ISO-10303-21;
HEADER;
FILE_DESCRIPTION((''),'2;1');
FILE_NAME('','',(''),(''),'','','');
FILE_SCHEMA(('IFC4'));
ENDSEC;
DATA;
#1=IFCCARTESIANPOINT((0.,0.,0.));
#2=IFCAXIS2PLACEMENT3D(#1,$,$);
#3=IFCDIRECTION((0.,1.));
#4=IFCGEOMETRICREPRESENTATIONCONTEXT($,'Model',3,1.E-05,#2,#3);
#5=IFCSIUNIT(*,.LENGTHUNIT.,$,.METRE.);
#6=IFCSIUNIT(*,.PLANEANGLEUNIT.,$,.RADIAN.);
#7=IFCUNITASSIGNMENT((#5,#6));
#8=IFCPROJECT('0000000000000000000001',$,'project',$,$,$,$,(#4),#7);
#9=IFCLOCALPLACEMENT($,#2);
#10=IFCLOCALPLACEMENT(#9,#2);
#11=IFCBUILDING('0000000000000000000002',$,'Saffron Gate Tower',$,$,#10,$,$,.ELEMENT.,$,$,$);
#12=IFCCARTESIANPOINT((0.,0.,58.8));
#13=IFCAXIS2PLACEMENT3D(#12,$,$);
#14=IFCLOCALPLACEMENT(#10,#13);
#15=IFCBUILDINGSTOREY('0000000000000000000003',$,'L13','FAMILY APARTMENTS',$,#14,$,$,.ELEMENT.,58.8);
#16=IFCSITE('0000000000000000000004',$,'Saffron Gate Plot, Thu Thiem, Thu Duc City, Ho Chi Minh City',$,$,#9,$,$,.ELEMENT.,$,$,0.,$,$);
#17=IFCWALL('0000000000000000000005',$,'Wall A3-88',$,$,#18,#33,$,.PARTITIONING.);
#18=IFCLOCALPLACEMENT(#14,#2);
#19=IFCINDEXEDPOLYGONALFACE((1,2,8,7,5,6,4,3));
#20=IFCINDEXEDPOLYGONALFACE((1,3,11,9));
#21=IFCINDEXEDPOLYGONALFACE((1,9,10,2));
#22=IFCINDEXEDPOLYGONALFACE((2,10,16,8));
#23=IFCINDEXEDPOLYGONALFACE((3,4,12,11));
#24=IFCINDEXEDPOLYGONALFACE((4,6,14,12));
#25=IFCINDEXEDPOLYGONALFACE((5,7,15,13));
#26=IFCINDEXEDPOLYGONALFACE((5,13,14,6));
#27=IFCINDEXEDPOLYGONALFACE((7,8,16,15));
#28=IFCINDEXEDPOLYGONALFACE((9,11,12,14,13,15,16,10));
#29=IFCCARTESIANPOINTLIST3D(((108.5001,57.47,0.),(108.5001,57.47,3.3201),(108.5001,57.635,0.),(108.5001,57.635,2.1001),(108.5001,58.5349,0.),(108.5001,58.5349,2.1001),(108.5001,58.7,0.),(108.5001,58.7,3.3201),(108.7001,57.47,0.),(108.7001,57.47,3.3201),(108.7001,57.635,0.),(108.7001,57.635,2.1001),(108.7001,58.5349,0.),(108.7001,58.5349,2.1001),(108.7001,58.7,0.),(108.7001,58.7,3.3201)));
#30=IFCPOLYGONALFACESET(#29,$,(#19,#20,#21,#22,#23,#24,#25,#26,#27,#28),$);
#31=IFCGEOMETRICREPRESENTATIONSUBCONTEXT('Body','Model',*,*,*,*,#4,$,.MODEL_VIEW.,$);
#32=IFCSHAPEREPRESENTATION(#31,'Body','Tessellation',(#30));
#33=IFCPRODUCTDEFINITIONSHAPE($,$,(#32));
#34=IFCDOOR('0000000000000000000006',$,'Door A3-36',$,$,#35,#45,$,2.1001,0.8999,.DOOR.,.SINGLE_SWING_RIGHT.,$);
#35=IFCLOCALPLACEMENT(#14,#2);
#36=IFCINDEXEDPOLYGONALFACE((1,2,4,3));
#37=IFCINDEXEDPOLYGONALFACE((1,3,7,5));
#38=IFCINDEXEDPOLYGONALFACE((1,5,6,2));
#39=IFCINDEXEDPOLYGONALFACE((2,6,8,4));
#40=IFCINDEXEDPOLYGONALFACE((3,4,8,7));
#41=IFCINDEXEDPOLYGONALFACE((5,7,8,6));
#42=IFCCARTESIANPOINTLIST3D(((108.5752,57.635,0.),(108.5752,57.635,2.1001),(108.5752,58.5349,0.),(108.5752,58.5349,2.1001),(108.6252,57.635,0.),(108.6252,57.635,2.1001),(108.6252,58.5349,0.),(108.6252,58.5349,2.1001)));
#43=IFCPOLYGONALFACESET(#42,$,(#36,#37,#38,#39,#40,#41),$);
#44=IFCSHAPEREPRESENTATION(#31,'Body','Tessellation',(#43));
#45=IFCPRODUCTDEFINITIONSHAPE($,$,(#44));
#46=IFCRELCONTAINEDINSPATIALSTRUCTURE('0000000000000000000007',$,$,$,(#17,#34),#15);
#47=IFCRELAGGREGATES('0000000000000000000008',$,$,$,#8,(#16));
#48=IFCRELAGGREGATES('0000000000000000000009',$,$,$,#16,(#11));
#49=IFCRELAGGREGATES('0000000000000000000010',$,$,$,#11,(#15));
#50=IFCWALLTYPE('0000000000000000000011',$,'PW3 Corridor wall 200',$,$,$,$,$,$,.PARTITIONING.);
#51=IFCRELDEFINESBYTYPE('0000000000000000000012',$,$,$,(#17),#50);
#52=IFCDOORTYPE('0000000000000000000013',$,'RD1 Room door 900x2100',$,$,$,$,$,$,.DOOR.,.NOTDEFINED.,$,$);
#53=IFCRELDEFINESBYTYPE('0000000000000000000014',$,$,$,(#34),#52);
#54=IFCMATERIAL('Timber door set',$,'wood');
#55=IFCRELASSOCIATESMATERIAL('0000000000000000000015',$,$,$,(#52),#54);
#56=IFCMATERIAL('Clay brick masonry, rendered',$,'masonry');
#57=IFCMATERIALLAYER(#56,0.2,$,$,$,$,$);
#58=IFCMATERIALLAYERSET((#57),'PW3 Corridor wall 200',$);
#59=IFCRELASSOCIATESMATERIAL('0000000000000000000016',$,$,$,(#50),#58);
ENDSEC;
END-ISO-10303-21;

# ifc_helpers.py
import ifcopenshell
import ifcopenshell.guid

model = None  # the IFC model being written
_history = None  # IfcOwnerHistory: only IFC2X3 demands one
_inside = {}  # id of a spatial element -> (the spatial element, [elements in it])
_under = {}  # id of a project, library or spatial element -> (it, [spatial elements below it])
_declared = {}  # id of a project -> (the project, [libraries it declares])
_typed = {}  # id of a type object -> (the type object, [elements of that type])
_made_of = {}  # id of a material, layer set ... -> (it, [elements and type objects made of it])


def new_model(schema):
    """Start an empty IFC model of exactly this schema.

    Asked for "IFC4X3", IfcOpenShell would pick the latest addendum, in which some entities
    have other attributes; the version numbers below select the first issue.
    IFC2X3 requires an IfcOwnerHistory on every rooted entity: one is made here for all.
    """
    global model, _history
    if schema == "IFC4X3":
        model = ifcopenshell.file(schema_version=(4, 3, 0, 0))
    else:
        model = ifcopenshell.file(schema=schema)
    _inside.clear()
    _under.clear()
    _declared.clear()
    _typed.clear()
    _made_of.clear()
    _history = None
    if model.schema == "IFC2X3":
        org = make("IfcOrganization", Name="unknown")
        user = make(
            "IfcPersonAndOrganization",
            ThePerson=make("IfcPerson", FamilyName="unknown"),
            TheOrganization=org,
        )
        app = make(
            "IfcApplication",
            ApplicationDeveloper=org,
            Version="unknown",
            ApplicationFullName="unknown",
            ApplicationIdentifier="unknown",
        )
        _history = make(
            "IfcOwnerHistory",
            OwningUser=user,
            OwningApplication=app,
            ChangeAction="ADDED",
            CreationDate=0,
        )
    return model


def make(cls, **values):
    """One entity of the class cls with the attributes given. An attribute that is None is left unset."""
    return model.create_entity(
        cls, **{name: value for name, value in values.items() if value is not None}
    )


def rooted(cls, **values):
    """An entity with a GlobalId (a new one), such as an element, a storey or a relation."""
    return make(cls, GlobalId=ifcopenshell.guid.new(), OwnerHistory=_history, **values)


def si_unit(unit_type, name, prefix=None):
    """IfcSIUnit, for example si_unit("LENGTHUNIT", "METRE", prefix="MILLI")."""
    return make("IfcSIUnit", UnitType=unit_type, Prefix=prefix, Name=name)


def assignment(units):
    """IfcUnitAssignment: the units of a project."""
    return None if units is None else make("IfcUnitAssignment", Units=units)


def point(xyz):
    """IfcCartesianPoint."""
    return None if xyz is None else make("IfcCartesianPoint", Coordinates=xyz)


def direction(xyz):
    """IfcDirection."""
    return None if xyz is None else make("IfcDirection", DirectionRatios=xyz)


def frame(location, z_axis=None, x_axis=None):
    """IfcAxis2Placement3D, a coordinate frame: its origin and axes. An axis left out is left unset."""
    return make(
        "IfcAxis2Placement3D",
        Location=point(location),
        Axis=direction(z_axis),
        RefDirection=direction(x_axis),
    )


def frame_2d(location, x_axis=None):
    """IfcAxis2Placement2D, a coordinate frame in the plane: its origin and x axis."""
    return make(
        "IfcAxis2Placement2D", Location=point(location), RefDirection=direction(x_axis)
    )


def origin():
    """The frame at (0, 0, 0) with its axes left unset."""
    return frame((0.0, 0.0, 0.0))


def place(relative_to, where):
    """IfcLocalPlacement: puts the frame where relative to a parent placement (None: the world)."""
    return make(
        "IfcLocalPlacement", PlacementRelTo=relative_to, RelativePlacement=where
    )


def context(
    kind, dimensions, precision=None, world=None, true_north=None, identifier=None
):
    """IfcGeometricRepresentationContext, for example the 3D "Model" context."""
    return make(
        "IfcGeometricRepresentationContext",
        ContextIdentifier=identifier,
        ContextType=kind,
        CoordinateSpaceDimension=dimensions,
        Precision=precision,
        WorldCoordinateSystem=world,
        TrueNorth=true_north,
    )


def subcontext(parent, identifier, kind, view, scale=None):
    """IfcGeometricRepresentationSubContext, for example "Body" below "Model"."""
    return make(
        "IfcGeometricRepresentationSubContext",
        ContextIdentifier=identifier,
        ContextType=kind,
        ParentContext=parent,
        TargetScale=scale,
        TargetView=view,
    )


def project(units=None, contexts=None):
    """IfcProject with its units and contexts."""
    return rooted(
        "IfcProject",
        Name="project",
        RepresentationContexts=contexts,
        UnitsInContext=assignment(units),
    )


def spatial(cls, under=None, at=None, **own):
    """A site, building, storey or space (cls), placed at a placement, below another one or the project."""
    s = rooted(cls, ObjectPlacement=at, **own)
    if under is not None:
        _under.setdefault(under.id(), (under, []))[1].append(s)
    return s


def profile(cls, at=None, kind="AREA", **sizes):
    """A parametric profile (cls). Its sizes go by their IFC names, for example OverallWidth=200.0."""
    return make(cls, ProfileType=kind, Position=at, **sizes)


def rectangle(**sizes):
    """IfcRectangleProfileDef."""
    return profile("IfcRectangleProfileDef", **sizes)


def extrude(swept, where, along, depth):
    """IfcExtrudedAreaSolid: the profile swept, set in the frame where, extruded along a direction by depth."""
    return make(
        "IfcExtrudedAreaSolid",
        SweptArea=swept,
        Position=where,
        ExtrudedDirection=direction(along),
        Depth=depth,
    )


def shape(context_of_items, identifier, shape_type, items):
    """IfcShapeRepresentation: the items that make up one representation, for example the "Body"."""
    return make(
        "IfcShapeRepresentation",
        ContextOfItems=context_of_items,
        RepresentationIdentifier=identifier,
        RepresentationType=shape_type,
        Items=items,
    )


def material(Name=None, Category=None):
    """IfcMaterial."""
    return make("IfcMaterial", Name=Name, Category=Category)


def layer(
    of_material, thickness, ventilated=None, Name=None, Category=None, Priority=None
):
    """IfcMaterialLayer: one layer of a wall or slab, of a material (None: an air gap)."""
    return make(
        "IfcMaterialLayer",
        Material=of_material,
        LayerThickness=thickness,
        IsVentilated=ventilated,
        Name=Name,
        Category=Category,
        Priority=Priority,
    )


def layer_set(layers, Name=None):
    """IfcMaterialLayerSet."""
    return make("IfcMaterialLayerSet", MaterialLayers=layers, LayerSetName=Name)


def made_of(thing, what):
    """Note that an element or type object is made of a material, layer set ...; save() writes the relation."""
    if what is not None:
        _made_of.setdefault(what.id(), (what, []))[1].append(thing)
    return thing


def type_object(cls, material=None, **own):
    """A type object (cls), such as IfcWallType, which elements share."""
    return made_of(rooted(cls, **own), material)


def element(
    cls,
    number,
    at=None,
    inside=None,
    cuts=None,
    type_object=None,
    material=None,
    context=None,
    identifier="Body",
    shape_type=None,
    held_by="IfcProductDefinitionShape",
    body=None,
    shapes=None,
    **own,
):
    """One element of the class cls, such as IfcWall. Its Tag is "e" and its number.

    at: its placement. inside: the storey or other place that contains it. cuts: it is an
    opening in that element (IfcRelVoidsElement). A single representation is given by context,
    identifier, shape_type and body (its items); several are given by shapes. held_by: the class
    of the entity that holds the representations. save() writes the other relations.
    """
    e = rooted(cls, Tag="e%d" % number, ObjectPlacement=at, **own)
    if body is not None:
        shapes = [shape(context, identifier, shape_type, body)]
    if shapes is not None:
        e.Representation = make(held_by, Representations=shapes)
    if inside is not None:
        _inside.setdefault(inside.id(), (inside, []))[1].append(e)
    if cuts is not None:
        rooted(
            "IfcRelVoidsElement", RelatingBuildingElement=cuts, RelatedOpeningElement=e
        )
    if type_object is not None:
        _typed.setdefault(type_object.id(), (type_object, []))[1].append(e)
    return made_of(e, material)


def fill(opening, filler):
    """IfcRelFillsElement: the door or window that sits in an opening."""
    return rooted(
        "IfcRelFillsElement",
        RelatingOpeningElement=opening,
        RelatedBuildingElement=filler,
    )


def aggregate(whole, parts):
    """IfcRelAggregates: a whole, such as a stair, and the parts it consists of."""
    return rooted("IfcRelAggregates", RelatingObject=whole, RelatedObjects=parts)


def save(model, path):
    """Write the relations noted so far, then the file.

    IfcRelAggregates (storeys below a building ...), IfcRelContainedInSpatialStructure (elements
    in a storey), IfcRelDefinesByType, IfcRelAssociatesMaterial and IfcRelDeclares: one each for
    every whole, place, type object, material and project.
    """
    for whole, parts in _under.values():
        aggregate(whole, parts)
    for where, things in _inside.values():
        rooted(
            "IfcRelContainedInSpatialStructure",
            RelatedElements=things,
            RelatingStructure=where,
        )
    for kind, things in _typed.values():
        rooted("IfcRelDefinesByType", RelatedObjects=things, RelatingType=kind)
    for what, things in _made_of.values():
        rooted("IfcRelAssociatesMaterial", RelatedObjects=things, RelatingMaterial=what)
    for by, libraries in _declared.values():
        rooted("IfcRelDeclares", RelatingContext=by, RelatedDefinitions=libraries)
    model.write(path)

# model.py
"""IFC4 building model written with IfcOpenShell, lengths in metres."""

from ifc_helpers import new_model, si_unit, direction, frame, frame_2d, origin, place, context, subcontext, project, spatial, rectangle, extrude, material, layer, layer_set, type_object, element, fill, save


model = new_model("IFC4")

# Units and contexts
model_context = context("Model", 3, precision=1e-05, world=origin(), true_north=direction((0.0, 1.0)))
body_context = subcontext(model_context, "Body", "Model", "MODEL_VIEW")
ifc_project = project(units=[si_unit("LENGTHUNIT", "METRE"), si_unit("PLANEANGLEUNIT", "RADIAN")], contexts=[model_context])

# Site, building, storey
site_placement = place(None, origin())
site = spatial("IfcSite", under=ifc_project, at=site_placement, Name="Saffron Gate Plot, Thu Thiem, Thu Duc City, Ho Chi Minh City", CompositionType="ELEMENT", RefElevation=0.0)
building_placement = place(site_placement, origin())
building = spatial("IfcBuilding", under=site, at=building_placement, Name="Saffron Gate Tower", CompositionType="ELEMENT")
storey_placement = place(building_placement, frame((0.0, 0.0, 58.8)))
storey = spatial("IfcBuildingStorey", under=building, at=storey_placement, Name="L13", Description="FAMILY APARTMENTS", CompositionType="ELEMENT", Elevation=58.8)

# Shared definitions
ifc_material_1 = material(Name="Timber door set", Category="wood")
door_type_1 = type_object("IfcDoorType", Name="RD1 Room door 900x2100", OperationType="NOTDEFINED", PredefinedType="DOOR", material=ifc_material_1)

# Shared definitions
ifc_material_2 = material(Name="Clay brick masonry, rendered", Category="masonry")
ifc_layer_1 = layer(ifc_material_2, 0.2)
ifc_layer_set_1 = layer_set([ifc_layer_1], Name="PW3 Corridor wall 200")
wall_type_1 = type_object("IfcWallType", Name="PW3 Corridor wall 200", PredefinedType="PARTITIONING", material=ifc_layer_set_1)

# Wall, opening, door
wall_1_placement = place(storey_placement, frame((108.6001, 57.47, 0.0), z_axis=(0.0, 0.0, 1.0), x_axis=(0.0, 1.0, 0.0)))
wall_1 = element("IfcWall", 1, at=wall_1_placement, inside=storey, type_object=wall_type_1, Name="Wall A3-88", PredefinedType="PARTITIONING", context=body_context, shape_type="SweptSolid", body=[
    extrude(rectangle(XDim=1.23, YDim=0.2, at=frame_2d((0.615, 0.0))), origin(), (0.0, 0.0, 1.0), 3.3201),
])
opening_1_placement = place(wall_1_placement, frame((0.165, 0.0, 0.0)))
opening_1 = element("IfcOpeningElement", 2, at=opening_1_placement, cuts=wall_1, PredefinedType="OPENING", context=body_context, shape_type="SweptSolid", body=[
    extrude(rectangle(XDim=0.8999, YDim=2.1001, at=frame_2d((0.45, 1.05))), frame((0.0, 0.1099, 0.0), z_axis=(0.0, -1.0, 0.0), x_axis=(1.0, 0.0, 0.0)), (0.0, 0.0, 1.0), 0.22),
])
door_1_placement = place(opening_1_placement, origin())
door_1 = element("IfcDoor", 3, at=door_1_placement, inside=storey, type_object=door_type_1, Name="Door A3-36", OperationType="SINGLE_SWING_RIGHT", OverallHeight=2.1001, OverallWidth=0.8999, PredefinedType="DOOR", context=body_context, shape_type="SweptSolid", body=[
    extrude(rectangle(XDim=0.8999, YDim=2.1001, at=frame_2d((0.45, 1.05))), frame((0.0, 0.0249, 0.0), z_axis=(0.0, -1.0, 0.0), x_axis=(1.0, 0.0, 0.0)), (0.0, 0.0, 1.0), 0.05),
])
fill(opening_1, door_1)

save(model, "model.ifc")
